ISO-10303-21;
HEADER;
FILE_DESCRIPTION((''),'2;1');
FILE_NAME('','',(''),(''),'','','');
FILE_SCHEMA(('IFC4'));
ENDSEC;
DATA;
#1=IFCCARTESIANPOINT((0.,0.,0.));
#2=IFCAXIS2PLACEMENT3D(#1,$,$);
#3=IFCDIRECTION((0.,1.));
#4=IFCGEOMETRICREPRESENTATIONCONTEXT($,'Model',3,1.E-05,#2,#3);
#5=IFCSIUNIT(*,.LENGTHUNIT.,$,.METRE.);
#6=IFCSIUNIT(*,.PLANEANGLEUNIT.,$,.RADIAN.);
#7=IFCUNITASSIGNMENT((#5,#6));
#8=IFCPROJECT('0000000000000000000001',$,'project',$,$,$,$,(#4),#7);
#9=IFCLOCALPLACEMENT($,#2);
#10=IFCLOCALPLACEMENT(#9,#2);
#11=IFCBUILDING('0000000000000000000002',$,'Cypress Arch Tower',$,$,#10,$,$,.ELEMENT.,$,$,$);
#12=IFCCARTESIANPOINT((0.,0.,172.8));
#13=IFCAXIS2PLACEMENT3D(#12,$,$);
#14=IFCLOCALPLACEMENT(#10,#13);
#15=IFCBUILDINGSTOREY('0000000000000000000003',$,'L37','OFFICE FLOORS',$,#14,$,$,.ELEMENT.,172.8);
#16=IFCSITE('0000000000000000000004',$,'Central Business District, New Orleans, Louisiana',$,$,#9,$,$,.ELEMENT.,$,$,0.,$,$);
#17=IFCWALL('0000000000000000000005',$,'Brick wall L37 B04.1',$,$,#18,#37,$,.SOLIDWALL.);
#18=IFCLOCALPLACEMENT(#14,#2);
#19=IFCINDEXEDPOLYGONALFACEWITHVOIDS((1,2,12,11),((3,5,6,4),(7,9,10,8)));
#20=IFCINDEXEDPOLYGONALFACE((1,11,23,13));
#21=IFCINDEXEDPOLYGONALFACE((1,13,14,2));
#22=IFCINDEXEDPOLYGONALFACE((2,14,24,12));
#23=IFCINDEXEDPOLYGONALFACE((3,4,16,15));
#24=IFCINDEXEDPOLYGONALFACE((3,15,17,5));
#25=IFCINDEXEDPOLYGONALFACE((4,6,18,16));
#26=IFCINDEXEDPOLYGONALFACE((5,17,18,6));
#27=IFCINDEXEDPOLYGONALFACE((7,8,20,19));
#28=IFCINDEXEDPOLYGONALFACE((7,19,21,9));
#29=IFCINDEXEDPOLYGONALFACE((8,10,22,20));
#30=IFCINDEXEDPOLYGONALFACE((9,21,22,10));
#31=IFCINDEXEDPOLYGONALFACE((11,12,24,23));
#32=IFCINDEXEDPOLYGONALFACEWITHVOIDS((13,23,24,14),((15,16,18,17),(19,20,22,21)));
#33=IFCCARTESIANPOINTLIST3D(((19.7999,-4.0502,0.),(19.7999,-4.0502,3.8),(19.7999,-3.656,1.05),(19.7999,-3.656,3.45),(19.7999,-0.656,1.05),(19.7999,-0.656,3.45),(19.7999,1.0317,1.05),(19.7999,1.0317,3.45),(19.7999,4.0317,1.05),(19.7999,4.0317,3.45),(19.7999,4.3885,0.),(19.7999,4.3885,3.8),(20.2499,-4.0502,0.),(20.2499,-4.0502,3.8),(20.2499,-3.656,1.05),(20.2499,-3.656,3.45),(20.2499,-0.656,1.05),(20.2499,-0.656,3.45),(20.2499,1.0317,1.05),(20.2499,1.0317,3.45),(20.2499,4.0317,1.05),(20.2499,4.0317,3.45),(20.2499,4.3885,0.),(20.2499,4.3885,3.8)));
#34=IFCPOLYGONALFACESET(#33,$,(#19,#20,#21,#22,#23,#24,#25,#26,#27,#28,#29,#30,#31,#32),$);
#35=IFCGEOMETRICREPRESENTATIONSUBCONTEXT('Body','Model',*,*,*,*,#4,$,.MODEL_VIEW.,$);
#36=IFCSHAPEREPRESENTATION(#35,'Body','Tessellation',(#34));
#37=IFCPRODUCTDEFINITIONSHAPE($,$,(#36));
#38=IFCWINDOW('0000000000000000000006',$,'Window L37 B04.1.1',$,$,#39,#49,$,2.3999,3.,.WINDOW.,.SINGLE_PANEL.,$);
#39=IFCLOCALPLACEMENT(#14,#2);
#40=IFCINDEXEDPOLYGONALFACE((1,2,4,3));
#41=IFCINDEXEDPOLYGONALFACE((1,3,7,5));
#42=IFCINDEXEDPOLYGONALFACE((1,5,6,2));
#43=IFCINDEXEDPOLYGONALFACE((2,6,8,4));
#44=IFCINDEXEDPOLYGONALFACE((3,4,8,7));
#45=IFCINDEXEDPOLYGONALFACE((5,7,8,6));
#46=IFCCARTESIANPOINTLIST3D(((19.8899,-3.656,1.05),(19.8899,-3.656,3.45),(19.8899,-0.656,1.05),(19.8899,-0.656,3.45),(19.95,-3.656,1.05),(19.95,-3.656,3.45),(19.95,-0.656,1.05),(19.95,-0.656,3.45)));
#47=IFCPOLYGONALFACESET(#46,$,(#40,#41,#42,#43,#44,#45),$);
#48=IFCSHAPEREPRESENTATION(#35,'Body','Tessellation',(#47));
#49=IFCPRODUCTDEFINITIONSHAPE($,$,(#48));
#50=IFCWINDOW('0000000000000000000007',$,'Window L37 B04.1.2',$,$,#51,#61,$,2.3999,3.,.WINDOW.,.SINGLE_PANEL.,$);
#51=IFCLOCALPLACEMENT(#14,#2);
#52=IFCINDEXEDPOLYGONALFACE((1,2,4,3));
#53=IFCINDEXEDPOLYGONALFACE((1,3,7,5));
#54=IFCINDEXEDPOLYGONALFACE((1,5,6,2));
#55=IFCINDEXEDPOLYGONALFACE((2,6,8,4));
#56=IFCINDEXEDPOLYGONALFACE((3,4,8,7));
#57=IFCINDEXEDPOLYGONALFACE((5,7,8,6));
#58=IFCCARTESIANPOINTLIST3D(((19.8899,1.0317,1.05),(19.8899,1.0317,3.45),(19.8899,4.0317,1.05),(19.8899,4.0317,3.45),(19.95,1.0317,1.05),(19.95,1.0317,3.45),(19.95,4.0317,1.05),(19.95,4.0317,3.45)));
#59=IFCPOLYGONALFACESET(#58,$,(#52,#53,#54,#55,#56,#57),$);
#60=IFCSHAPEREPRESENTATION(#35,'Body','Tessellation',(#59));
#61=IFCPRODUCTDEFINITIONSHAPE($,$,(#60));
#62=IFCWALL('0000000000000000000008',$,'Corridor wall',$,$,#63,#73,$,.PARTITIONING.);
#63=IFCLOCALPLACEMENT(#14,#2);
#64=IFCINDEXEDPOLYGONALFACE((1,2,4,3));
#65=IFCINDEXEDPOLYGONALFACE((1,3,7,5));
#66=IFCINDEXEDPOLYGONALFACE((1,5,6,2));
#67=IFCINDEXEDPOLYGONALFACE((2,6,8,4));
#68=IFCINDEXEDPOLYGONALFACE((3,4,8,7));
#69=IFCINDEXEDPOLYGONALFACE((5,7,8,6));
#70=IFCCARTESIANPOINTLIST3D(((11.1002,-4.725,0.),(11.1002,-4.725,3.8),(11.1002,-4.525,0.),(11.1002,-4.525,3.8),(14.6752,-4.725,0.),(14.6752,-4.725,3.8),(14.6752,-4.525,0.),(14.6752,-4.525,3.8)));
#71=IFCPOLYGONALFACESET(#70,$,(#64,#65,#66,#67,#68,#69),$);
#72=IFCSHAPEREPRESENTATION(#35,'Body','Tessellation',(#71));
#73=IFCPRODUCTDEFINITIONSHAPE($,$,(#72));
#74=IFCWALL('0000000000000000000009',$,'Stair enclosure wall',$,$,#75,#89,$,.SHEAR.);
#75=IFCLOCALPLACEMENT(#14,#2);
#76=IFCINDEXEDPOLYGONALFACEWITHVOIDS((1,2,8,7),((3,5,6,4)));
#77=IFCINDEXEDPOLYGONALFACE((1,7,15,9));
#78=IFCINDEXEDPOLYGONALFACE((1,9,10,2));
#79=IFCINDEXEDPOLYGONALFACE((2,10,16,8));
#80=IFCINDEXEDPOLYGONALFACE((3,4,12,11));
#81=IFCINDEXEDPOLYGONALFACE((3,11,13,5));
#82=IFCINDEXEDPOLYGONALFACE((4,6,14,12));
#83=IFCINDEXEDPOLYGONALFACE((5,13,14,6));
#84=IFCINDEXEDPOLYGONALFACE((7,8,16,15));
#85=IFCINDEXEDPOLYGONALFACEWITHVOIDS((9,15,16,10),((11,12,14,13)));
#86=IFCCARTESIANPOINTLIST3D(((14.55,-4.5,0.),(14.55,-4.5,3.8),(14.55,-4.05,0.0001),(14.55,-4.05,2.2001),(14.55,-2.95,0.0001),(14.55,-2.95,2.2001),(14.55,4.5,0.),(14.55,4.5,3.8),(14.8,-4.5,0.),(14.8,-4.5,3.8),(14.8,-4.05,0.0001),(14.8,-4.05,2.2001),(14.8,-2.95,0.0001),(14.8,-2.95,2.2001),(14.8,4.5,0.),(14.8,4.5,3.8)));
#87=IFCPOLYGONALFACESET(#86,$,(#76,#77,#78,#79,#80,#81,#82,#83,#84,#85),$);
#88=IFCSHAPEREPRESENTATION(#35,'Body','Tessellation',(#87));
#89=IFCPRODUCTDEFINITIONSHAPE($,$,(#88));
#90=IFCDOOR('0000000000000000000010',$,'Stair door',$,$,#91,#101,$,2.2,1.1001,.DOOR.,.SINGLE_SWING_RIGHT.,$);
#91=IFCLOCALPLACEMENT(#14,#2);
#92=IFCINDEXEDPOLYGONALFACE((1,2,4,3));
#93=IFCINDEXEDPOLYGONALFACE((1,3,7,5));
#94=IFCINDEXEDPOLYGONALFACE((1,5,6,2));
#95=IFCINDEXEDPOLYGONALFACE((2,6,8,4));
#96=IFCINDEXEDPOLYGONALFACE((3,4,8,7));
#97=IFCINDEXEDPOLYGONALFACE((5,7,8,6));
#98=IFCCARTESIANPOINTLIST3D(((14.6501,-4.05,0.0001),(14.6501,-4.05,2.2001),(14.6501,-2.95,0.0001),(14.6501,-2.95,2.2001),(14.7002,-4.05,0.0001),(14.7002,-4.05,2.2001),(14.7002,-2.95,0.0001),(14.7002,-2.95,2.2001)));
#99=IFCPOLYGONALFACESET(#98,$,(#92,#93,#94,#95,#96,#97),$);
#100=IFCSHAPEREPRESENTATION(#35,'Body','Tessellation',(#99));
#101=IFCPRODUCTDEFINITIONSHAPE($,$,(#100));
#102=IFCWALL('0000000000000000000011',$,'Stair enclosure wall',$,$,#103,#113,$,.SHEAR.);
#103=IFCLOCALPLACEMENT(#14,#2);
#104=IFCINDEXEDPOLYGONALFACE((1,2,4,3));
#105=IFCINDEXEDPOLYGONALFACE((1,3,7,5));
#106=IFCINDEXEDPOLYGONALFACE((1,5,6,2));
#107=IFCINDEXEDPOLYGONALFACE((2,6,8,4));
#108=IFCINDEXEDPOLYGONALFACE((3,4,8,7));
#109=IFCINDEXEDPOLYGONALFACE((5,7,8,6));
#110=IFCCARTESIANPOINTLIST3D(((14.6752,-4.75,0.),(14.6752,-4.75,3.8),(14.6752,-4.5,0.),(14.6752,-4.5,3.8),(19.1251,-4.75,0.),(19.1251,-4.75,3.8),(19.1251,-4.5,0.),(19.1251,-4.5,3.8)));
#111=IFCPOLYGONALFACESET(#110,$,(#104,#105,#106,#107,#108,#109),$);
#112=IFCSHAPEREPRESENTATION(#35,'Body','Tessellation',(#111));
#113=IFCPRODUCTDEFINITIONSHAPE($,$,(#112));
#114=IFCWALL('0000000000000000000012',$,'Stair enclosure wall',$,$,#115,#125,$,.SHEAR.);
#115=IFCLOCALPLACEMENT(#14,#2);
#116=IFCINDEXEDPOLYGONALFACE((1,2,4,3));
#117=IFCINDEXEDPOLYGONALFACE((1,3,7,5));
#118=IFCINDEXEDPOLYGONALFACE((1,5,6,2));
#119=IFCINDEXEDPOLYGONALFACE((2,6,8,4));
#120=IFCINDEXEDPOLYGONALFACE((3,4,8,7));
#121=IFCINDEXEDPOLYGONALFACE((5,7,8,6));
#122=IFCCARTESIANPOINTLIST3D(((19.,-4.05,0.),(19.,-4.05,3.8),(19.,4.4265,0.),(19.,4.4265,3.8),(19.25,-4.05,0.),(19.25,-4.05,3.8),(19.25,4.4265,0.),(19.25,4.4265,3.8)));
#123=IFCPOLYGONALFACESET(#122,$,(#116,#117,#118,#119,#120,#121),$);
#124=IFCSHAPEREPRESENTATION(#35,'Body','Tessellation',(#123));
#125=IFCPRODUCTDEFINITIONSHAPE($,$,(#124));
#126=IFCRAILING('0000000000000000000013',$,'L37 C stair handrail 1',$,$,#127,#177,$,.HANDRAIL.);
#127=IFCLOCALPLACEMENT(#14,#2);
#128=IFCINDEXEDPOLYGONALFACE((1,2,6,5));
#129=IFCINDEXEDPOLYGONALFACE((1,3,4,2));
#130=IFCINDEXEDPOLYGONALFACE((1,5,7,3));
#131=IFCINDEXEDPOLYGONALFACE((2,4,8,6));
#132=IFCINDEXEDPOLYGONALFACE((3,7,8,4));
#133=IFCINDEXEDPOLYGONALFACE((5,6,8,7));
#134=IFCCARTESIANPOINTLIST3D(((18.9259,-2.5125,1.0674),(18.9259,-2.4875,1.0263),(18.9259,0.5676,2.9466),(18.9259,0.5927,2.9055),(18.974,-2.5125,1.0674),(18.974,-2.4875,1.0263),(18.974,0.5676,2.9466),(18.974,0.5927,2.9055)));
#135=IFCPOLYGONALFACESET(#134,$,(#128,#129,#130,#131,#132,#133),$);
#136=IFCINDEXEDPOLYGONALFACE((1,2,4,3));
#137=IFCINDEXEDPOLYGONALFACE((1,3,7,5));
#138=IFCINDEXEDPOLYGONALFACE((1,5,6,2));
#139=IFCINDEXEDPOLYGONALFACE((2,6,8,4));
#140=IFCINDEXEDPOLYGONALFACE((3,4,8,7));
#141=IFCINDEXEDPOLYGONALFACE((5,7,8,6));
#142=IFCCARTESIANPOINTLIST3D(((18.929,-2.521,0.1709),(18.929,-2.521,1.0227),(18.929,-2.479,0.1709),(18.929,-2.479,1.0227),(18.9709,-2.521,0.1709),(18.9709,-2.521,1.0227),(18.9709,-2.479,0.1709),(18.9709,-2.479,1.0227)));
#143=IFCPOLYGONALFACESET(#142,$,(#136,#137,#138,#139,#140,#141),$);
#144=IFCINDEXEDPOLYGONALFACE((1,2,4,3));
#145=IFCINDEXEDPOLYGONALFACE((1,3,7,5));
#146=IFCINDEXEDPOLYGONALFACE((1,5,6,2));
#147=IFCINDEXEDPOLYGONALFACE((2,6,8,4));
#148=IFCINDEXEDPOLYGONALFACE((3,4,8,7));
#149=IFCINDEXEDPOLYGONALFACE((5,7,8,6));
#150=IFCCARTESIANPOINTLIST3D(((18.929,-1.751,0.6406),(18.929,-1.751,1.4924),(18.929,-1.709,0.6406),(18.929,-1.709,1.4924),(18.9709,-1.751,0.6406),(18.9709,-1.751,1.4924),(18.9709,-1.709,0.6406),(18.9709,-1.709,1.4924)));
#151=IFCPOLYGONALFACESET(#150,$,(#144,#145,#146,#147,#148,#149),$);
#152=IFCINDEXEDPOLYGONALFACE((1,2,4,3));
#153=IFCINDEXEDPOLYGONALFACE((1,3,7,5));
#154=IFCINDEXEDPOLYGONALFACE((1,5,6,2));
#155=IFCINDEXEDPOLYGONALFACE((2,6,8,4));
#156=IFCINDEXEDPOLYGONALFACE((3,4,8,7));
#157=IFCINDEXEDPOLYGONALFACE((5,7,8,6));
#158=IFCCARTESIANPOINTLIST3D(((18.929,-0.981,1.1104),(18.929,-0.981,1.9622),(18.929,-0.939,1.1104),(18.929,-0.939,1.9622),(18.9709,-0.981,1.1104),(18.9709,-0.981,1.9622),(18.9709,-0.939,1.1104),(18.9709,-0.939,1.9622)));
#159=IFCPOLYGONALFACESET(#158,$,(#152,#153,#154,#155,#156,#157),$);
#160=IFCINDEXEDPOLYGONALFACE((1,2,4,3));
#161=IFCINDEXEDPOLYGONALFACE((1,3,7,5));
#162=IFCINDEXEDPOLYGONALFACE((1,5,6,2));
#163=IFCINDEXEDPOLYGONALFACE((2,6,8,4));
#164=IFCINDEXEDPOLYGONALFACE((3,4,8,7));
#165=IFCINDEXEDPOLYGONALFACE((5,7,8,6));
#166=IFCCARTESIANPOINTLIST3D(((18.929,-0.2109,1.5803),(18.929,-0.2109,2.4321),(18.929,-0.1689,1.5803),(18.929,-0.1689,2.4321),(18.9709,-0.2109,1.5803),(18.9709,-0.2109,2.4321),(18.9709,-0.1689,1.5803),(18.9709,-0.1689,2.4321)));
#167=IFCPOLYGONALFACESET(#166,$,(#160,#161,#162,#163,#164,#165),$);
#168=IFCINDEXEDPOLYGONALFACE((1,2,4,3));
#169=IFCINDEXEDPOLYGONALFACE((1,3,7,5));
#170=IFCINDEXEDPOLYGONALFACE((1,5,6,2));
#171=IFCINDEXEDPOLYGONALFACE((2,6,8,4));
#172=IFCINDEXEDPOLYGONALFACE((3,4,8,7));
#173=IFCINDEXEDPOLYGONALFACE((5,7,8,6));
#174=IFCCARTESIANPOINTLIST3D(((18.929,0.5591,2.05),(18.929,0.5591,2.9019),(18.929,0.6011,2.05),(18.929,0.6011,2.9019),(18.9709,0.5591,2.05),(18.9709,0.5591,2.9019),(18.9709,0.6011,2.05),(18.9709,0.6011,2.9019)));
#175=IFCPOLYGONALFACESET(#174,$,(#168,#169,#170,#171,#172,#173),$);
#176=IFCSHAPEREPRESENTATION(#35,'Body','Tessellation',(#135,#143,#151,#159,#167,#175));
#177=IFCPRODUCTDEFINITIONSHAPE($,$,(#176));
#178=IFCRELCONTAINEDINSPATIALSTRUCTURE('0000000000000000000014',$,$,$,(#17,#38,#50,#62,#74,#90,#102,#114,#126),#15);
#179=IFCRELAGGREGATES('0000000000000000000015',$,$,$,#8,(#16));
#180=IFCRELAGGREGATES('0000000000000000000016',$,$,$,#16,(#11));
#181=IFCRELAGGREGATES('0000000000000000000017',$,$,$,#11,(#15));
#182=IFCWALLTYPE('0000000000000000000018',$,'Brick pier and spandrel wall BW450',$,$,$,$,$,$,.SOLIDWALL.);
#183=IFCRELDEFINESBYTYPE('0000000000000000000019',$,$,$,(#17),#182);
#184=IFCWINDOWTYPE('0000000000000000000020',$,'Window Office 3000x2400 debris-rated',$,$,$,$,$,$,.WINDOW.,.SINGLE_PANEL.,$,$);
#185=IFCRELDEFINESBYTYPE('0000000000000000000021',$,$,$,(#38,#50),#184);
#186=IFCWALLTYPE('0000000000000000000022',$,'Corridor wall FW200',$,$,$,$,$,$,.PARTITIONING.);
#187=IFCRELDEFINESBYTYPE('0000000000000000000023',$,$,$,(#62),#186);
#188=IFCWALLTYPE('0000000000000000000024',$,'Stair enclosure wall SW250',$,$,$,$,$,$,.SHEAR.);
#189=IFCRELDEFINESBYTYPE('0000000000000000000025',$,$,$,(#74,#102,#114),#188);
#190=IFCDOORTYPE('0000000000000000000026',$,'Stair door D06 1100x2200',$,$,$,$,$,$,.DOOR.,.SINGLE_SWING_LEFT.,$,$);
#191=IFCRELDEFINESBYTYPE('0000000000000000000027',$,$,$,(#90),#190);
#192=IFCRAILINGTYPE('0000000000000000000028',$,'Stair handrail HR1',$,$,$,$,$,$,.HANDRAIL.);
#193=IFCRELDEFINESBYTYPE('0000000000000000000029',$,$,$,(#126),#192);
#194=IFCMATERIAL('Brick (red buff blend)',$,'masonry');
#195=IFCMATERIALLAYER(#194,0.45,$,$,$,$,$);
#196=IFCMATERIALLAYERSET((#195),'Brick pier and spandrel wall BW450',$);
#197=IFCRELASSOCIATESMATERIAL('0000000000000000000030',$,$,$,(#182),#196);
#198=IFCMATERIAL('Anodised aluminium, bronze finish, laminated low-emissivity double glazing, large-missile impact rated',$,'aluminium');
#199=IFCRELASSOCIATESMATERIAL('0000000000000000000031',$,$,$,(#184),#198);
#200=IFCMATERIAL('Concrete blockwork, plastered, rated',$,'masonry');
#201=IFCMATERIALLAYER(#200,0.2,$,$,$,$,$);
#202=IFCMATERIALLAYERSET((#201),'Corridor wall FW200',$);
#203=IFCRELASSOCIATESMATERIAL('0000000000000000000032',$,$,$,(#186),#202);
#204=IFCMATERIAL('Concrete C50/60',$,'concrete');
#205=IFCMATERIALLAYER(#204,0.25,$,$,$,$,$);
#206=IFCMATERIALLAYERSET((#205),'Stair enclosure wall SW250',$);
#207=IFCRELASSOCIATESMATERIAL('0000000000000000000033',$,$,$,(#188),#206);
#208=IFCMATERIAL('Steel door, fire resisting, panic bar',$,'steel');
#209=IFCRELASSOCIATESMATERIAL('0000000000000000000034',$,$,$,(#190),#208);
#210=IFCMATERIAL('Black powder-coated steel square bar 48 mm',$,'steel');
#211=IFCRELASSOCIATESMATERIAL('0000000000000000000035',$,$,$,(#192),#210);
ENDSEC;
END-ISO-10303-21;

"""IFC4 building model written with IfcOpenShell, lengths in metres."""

from ifc_helpers import new_model, si_unit, direction, frame, frame_2d, origin, origin_2d, place, context, subcontext, project, spatial, rectangle, extrude, material, layer, layer_set, type_object, element, fill, save


model = new_model("IFC4")

# Units and contexts
model_context = context("Model", 3, precision=1e-05, world=origin(), true_north=direction((0.0, 1.0)))
body_context = subcontext(model_context, "Body", "Model", "MODEL_VIEW")
ifc_project = project(units=[si_unit("LENGTHUNIT", "METRE"), si_unit("PLANEANGLEUNIT", "RADIAN")], contexts=[model_context])

# Site, building, storey
site_placement = place(None, origin())
site = spatial("IfcSite", under=ifc_project, at=site_placement, Name="Central Business District, New Orleans, Louisiana", CompositionType="ELEMENT", RefElevation=0.0)
building_placement = place(site_placement, origin())
building = spatial("IfcBuilding", under=site, at=building_placement, Name="Cypress Arch Tower", CompositionType="ELEMENT")
storey_placement = place(building_placement, frame((0.0, 0.0, 172.8)))
storey = spatial("IfcBuildingStorey", under=building, at=storey_placement, Name="L37", Description="OFFICE FLOORS", CompositionType="ELEMENT", Elevation=172.8)

# Wall, openings, windows
ifc_material_1 = material(Name="Brick (red buff blend)", Category="masonry")
ifc_layer_1 = layer(ifc_material_1, 0.45)
ifc_layer_set_1 = layer_set([ifc_layer_1], Name="Brick pier and spandrel wall BW450")
wall_type_1 = type_object("IfcWallType", Name="Brick pier and spandrel wall BW450", PredefinedType="SOLIDWALL", material=ifc_layer_set_1)
wall_1_placement = place(storey_placement, frame((20.0249, -4.05, 0.0), z_axis=(0.0, 0.0, 1.0), x_axis=(0.0, 1.0, 0.0)))
wall_1 = element("IfcWall", 1, at=wall_1_placement, inside=storey, type_object=wall_type_1, Name="Brick wall L37 B04.1", PredefinedType="SOLIDWALL", context=body_context, shape_type="SweptSolid", body=[
    extrude(rectangle(XDim=8.4387, YDim=0.45, at=frame_2d((4.2192, 0.0))), origin(), (0.0, 0.0, 1.0), 3.8),
])
opening_1_placement = place(wall_1_placement, frame((0.394, 0.0, 1.05)))
opening_1 = element("IfcOpeningElement", 2, at=opening_1_placement, cuts=wall_1, PredefinedType="OPENING", context=body_context, shape_type="SweptSolid", body=[
    extrude(rectangle(XDim=3.0, YDim=2.3999, at=frame_2d((1.5, 1.2))), frame((0.0, 0.2349, 0.0), z_axis=(0.0, -1.0, 0.0), x_axis=(1.0, 0.0, 0.0)), (0.0, 0.0, 1.0), 0.47),
])
opening_2_placement = place(wall_1_placement, frame((5.0818, 0.0, 1.05)))
opening_2 = element("IfcOpeningElement", 3, at=opening_2_placement, cuts=wall_1, PredefinedType="OPENING", context=body_context, shape_type="SweptSolid", body=[
    extrude(rectangle(XDim=3.0, YDim=2.3999, at=frame_2d((1.5, 1.2))), frame((0.0, 0.2349, 0.0), z_axis=(0.0, -1.0, 0.0), x_axis=(1.0, 0.0, 0.0)), (0.0, 0.0, 1.0), 0.47),
])
ifc_material_2 = material(Name="Anodised aluminium, bronze finish, laminated low-emissivity double glazing, large-missile impact rated", Category="aluminium")
window_type = type_object("IfcWindowType", Name="Window Office 3000x2400 debris-rated", PartitioningType="SINGLE_PANEL", PredefinedType="WINDOW", material=ifc_material_2)
window_1_placement = place(opening_1_placement, origin())
window_1 = element("IfcWindow", 4, at=window_1_placement, inside=storey, type_object=window_type, Name="Window L37 B04.1.1", OverallHeight=2.3999, OverallWidth=3.0, PartitioningType="SINGLE_PANEL", PredefinedType="WINDOW", context=body_context, shape_type="SweptSolid", body=[
    extrude(rectangle(XDim=3.0, YDim=2.3999, at=frame_2d((1.5, 1.2))), frame((0.0, 0.135, 0.0), z_axis=(0.0, -1.0, 0.0), x_axis=(1.0, 0.0, 0.0)), (0.0, 0.0, 1.0), 0.0601),
])
fill(opening_1, window_1)
window_2_placement = place(opening_2_placement, origin())
window_2 = element("IfcWindow", 5, at=window_2_placement, inside=storey, type_object=window_type, Name="Window L37 B04.1.2", OverallHeight=2.3999, OverallWidth=3.0, PartitioningType="SINGLE_PANEL", PredefinedType="WINDOW", context=body_context, shape_type="SweptSolid", body=[
    extrude(rectangle(XDim=3.0, YDim=2.3999, at=frame_2d((1.5, 1.2))), frame((0.0, 0.135, 0.0), z_axis=(0.0, -1.0, 0.0), x_axis=(1.0, 0.0, 0.0)), (0.0, 0.0, 1.0), 0.0601),
])
fill(opening_2, window_2)

# Wall
ifc_material_3 = material(Name="Concrete blockwork, plastered, rated", Category="masonry")
ifc_layer_2 = layer(ifc_material_3, 0.2)
ifc_layer_set_2 = layer_set([ifc_layer_2], Name="Corridor wall FW200")
wall_type_2 = type_object("IfcWallType", Name="Corridor wall FW200", PredefinedType="PARTITIONING", material=ifc_layer_set_2)
wall_2_placement = place(storey_placement, frame((11.1001, -4.625, 0.0), z_axis=(0.0, 0.0, 1.0), x_axis=(1.0, 0.0, 0.0)))
element("IfcWall", 6, at=wall_2_placement, inside=storey, type_object=wall_type_2, Name="Corridor wall", PredefinedType="PARTITIONING", context=body_context, shape_type="SweptSolid", body=[
    extrude(rectangle(XDim=3.575, YDim=0.2, at=frame_2d((1.7876, 0.0))), origin(), (0.0, 0.0, 1.0), 3.8),
])

# Wall, opening, door
ifc_material_4 = material(Name="Concrete C50/60", Category="concrete")
ifc_layer_3 = layer(ifc_material_4, 0.25)
ifc_layer_set_3 = layer_set([ifc_layer_3], Name="Stair enclosure wall SW250")
wall_type_3 = type_object("IfcWallType", Name="Stair enclosure wall SW250", PredefinedType="SHEAR", material=ifc_layer_set_3)
wall_3_placement = place(storey_placement, frame((14.675, -4.5, 0.0), z_axis=(0.0, 0.0, 1.0), x_axis=(0.0, 1.0, 0.0)))
wall_3 = element("IfcWall", 7, at=wall_3_placement, inside=storey, type_object=wall_type_3, Name="Stair enclosure wall", PredefinedType="SHEAR", context=body_context, shape_type="SweptSolid", body=[
    extrude(rectangle(XDim=9.0, YDim=0.25, at=frame_2d((4.5, 0.0))), origin(), (0.0, 0.0, 1.0), 3.8),
])
opening_3_placement = place(wall_3_placement, frame((0.45, 0.0, 0.0)))
opening_3 = element("IfcOpeningElement", 8, at=opening_3_placement, cuts=wall_3, PredefinedType="OPENING", context=body_context, shape_type="SweptSolid", body=[
    extrude(rectangle(XDim=1.1001, YDim=2.2, at=frame_2d((0.55, 1.1001))), frame((0.0, 0.135, 0.0), z_axis=(0.0, -1.0, 0.0), x_axis=(1.0, 0.0, 0.0)), (0.0, 0.0, 1.0), 0.27),
])
ifc_material_5 = material(Name="Steel door, fire resisting, panic bar", Category="steel")
door_type = type_object("IfcDoorType", Name="Stair door D06 1100x2200", OperationType="SINGLE_SWING_LEFT", PredefinedType="DOOR", material=ifc_material_5)
door_placement = place(opening_3_placement, origin())
door = element("IfcDoor", 9, at=door_placement, inside=storey, type_object=door_type, Name="Stair door", OperationType="SINGLE_SWING_RIGHT", OverallHeight=2.2, OverallWidth=1.1001, PredefinedType="DOOR", context=body_context, shape_type="SweptSolid", body=[
    extrude(rectangle(XDim=1.1001, YDim=2.2, at=frame_2d((0.55, 1.1001))), frame((0.0, 0.0249, 0.0), z_axis=(0.0, -1.0, 0.0), x_axis=(1.0, 0.0, 0.0)), (0.0, 0.0, 1.0), 0.05),
])
fill(opening_3, door)

# Walls
wall_4_placement = place(storey_placement, frame((14.675, -4.625, 0.0), z_axis=(0.0, 0.0, 1.0), x_axis=(1.0, 0.0, 0.0)))
element("IfcWall", 10, at=wall_4_placement, inside=storey, type_object=wall_type_3, Name="Stair enclosure wall", PredefinedType="SHEAR", context=body_context, shape_type="SweptSolid", body=[
    extrude(rectangle(XDim=4.45, YDim=0.25, at=frame_2d((2.2251, 0.0))), origin(), (0.0, 0.0, 1.0), 3.8),
])
wall_5_placement = place(storey_placement, frame((19.125, -4.05, 0.0), z_axis=(0.0, 0.0, 1.0), x_axis=(0.0, 1.0, 0.0)))
element("IfcWall", 11, at=wall_5_placement, inside=storey, type_object=wall_type_3, Name="Stair enclosure wall", PredefinedType="SHEAR", context=body_context, shape_type="SweptSolid", body=[
    extrude(rectangle(XDim=8.4766, YDim=0.25, at=frame_2d((4.2383, 0.0))), origin(), (0.0, 0.0, 1.0), 3.8),
])

# Railing
ifc_material_6 = material(Name="Black powder-coated steel square bar 48 mm", Category="steel")
railing_type_1 = type_object("IfcRailingType", Name="Stair handrail HR1", PredefinedType="HANDRAIL", material=ifc_material_6)
railing_1_placement = place(storey_placement, frame((18.95, -2.5, 0.1709)))
element("IfcRailing", 12, at=railing_1_placement, inside=storey, type_object=railing_type_1, Name="L37 C stair handrail 1", PredefinedType="HANDRAIL", context=body_context, shape_type="SweptSolid", body=[
    extrude(rectangle(XDim=0.0481, YDim=0.0481, at=origin_2d()), frame((0.0, 0.0, 0.876), z_axis=(0.0, 0.853666, 0.52082), x_axis=(-1.0, 0.0, 0.0)), (0.0, 0.0, 1.0), 3.6082),
    extrude(rectangle(XDim=0.042, YDim=0.042, at=origin_2d()), origin(), (0.0, 0.0, 1.0), 0.8518),
    extrude(rectangle(XDim=0.042, YDim=0.042, at=origin_2d()), frame((0.0, 0.77, 0.4697)), (0.0, 0.0, 1.0), 0.8518),
    extrude(rectangle(XDim=0.042, YDim=0.042, at=origin_2d()), frame((0.0, 1.54, 0.9395)), (0.0, 0.0, 1.0), 0.8518),
    extrude(rectangle(XDim=0.042, YDim=0.042, at=origin_2d()), frame((0.0, 2.3101, 1.4094)), (0.0, 0.0, 1.0), 0.8518),
    extrude(rectangle(XDim=0.042, YDim=0.042, at=origin_2d()), frame((0.0, 3.0801, 1.8792)), (0.0, 0.0, 1.0), 0.8518),
])

save(model, "model.ifc")
